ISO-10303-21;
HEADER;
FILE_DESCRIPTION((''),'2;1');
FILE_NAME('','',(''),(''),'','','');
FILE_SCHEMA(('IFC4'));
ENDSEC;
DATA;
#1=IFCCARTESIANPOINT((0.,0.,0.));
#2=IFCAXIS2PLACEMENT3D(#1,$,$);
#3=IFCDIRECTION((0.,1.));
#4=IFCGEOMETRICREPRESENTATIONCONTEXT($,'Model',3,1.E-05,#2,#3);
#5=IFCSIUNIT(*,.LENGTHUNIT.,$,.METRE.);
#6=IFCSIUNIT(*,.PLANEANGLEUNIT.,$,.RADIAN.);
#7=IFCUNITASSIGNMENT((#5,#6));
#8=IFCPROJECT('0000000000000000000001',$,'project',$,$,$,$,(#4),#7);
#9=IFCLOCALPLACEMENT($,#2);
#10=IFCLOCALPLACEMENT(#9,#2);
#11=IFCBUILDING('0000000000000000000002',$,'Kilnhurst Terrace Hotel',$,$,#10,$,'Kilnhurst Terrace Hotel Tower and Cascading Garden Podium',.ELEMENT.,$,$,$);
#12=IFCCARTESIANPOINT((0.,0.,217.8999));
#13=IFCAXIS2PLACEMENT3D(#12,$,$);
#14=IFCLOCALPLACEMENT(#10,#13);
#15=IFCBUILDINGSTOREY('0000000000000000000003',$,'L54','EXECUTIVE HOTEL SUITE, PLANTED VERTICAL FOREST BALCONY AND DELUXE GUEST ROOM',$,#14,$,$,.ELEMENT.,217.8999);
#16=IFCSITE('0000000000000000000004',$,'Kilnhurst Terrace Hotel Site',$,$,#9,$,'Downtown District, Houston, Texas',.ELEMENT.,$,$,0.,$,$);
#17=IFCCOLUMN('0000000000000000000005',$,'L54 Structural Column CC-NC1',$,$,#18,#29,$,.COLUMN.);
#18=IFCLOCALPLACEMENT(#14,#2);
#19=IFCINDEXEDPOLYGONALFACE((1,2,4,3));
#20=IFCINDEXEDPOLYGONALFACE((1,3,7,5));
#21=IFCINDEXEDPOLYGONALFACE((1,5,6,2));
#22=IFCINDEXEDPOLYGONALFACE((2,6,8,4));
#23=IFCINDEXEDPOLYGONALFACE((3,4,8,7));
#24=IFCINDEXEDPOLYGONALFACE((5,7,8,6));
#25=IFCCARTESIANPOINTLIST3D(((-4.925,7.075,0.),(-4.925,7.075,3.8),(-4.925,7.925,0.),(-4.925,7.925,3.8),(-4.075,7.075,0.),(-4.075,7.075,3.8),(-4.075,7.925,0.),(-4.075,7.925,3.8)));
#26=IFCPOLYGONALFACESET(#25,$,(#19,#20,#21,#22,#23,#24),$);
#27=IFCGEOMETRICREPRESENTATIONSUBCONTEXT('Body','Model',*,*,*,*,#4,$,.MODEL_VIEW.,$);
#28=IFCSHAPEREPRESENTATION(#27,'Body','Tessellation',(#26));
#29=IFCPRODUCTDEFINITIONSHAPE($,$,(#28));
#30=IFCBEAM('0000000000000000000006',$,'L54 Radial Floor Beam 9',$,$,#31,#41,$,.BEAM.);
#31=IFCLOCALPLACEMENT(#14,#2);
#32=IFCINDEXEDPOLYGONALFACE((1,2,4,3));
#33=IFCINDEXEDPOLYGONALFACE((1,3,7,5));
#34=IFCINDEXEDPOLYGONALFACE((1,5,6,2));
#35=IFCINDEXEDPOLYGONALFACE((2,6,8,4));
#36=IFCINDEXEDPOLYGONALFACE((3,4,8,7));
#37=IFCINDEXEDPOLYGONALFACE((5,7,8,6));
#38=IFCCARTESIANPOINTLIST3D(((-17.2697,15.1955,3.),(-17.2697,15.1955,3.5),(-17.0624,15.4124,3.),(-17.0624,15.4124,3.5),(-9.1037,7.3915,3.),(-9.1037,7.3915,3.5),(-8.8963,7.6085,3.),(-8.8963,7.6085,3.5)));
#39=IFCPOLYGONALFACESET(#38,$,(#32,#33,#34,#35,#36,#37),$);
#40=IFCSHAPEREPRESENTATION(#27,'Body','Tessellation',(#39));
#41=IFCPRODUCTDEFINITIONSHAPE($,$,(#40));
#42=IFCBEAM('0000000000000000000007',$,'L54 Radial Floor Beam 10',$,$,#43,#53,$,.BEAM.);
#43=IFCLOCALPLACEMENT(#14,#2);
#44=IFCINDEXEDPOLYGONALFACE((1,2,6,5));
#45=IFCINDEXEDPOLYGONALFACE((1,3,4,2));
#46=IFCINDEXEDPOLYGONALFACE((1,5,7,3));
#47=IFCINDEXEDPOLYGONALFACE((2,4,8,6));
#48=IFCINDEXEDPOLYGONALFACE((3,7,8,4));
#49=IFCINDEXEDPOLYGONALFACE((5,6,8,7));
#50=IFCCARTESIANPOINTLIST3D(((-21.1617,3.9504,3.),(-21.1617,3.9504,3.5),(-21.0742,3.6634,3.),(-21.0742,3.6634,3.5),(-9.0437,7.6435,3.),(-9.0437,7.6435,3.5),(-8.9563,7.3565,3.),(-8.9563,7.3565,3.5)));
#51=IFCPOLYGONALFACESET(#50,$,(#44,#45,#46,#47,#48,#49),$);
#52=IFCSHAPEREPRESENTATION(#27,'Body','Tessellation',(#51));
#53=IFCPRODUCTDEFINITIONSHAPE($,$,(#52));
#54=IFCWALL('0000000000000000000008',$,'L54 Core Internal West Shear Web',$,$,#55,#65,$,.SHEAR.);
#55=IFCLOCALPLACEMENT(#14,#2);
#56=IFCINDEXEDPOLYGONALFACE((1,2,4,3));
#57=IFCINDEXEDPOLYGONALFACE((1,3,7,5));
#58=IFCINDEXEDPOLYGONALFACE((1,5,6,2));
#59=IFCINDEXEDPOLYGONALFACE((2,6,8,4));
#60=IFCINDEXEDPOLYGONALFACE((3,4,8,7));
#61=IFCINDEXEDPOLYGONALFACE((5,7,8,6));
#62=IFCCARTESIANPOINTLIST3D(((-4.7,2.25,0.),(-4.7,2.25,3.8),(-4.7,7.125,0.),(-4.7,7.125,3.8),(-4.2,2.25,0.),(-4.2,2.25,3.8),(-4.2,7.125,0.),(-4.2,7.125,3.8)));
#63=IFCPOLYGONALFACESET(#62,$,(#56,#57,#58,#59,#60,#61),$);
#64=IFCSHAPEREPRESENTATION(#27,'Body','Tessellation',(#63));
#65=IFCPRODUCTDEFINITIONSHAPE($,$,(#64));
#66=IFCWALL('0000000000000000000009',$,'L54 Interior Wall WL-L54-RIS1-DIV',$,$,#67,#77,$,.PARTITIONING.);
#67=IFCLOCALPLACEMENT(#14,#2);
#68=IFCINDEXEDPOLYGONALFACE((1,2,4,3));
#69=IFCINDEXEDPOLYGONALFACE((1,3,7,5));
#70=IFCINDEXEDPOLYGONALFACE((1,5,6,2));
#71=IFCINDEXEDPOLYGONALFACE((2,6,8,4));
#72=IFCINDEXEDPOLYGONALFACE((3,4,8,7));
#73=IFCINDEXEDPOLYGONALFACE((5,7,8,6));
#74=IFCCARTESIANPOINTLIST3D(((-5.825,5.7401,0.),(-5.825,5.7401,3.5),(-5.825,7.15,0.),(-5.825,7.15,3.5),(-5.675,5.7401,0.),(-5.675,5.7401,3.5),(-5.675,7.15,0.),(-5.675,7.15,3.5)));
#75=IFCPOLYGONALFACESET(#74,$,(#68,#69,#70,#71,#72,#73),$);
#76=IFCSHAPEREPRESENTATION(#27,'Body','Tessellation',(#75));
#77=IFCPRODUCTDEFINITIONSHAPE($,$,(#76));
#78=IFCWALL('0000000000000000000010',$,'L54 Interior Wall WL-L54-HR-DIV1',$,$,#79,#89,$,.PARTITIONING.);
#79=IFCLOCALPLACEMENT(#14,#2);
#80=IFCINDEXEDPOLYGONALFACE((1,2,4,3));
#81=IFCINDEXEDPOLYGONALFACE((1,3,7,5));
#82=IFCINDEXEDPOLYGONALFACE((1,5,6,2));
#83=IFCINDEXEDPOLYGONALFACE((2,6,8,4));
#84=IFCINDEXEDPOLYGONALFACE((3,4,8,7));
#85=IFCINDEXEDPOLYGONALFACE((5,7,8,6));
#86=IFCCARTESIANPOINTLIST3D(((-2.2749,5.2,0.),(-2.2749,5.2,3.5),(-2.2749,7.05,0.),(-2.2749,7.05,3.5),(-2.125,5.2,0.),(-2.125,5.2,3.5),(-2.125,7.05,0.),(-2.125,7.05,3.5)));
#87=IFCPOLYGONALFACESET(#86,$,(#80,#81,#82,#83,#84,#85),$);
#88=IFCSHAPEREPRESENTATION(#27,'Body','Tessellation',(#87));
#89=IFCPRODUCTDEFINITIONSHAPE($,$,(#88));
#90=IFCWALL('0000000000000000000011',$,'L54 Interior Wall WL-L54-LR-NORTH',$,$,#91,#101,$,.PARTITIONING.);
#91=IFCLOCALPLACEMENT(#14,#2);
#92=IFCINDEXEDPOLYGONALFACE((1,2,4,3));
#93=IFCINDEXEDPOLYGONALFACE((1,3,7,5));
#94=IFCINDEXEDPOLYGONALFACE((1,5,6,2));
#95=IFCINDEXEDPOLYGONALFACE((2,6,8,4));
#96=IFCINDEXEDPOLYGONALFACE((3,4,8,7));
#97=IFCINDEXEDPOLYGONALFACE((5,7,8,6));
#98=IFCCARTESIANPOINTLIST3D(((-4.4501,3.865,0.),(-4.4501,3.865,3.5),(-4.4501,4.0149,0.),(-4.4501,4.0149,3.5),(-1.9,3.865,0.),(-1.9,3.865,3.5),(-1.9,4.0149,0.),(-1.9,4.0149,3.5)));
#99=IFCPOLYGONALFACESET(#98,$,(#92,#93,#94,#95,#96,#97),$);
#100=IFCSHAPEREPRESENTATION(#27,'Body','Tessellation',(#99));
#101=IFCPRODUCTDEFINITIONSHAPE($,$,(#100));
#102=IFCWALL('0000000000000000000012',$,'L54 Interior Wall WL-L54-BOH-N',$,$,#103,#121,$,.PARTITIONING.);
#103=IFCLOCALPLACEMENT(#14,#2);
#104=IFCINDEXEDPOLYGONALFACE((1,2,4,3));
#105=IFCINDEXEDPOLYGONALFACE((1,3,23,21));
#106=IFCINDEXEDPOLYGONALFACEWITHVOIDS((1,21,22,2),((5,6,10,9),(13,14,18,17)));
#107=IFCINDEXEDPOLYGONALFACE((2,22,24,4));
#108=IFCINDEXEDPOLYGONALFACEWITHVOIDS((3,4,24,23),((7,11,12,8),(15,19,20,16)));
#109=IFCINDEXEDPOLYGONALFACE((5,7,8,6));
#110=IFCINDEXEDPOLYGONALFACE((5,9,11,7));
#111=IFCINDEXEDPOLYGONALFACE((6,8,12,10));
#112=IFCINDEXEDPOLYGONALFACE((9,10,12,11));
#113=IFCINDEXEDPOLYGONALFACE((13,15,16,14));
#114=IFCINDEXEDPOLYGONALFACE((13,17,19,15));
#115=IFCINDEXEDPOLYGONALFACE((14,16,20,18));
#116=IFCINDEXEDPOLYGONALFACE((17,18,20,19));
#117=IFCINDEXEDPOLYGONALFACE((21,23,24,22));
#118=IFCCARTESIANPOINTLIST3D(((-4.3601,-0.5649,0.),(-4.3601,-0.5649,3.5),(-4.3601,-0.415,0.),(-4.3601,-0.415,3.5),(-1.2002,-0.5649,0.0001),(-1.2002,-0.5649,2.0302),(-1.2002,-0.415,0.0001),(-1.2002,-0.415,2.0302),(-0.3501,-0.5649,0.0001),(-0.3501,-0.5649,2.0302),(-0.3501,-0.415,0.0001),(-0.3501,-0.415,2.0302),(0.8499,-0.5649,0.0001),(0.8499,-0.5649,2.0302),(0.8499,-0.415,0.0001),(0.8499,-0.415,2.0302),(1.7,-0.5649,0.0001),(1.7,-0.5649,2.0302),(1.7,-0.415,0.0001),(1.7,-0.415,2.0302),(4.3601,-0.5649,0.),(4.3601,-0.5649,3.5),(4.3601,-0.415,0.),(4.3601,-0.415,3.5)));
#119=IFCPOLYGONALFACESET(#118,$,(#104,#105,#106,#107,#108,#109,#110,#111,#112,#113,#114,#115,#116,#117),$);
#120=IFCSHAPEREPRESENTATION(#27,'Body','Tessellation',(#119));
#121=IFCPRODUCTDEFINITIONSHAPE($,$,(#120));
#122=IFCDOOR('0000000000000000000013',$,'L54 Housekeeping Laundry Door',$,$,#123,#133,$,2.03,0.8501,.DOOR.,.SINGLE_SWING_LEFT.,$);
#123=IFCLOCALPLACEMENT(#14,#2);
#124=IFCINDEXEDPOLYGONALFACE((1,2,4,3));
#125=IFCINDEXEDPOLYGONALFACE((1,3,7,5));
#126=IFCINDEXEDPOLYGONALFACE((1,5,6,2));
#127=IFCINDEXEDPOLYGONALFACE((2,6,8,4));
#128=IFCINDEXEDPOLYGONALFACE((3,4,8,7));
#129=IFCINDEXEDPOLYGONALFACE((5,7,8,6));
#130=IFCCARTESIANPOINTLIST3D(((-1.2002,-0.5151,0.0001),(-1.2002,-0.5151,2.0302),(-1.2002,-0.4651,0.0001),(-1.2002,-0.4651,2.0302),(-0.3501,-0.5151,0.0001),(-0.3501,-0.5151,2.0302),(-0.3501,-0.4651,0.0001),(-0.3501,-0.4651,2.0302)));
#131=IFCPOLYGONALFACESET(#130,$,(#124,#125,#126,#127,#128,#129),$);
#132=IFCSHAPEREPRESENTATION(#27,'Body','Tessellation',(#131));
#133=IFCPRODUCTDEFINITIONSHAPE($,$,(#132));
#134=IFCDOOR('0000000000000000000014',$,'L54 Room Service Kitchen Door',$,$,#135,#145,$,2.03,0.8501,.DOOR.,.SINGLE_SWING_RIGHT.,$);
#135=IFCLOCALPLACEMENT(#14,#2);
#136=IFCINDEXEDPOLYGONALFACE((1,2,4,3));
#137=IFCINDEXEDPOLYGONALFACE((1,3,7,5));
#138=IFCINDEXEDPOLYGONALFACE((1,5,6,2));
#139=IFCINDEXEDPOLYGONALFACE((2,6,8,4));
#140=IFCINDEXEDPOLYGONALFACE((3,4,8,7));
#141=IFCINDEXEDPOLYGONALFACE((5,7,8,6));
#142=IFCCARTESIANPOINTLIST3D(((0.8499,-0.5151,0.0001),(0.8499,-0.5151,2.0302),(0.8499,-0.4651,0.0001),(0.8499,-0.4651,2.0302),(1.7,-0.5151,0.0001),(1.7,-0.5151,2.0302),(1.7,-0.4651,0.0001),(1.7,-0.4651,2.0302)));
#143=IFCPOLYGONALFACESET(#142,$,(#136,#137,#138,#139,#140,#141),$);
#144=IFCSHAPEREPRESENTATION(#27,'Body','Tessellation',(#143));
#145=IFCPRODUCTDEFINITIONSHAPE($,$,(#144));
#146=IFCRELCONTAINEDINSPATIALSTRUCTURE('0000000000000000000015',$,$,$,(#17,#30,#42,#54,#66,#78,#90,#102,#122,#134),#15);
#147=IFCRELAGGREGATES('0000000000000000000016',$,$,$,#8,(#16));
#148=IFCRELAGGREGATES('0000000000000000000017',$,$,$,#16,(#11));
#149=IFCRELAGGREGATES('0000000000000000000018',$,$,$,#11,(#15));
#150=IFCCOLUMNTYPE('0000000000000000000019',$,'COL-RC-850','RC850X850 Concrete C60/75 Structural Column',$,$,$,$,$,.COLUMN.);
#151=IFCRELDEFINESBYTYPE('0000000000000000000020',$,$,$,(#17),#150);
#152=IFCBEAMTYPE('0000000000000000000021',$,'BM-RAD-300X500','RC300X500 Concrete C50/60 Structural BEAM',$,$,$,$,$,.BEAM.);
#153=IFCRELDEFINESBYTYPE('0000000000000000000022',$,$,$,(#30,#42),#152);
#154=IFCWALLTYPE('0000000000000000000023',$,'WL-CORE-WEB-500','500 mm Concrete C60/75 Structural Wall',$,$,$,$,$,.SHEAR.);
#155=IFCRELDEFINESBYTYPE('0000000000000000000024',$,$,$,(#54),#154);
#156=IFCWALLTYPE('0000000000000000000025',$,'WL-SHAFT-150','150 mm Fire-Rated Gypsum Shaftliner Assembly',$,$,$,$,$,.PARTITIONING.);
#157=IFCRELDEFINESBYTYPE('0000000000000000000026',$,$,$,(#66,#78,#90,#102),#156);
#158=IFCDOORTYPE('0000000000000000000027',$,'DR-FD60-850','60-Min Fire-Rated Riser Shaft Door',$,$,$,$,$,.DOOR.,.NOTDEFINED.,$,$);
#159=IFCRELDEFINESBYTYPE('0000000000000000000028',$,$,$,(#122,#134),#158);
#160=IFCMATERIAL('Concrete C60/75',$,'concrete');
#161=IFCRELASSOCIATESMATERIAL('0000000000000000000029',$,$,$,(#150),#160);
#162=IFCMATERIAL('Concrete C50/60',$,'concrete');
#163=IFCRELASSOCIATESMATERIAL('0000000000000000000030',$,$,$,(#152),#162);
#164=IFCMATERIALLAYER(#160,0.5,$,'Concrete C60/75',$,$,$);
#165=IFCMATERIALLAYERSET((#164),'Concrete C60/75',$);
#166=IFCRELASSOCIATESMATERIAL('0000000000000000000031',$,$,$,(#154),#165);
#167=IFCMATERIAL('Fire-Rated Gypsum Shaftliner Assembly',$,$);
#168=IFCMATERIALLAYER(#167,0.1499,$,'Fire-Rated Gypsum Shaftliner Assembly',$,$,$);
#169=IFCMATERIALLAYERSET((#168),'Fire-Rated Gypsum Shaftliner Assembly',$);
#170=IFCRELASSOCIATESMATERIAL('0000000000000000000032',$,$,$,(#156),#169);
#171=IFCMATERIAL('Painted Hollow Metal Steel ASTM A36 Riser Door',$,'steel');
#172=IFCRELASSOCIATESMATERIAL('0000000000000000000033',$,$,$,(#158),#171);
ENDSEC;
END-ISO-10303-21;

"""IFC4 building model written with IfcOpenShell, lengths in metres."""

from ifc_helpers import new_model, si_unit, direction, frame, frame_2d, origin, origin_2d, place, context, subcontext, project, spatial, rectangle, extrude, material, layer, layer_set, material_profile, profile_set, type_object, element, fill, save


model = new_model("IFC4")

# Units and contexts
model_context = context("Model", 3, precision=1e-05, world=origin(), true_north=direction((0.0, 1.0)))
body_context = subcontext(model_context, "Body", "Model", "MODEL_VIEW")
ifc_project = project(units=[si_unit("LENGTHUNIT", "METRE"), si_unit("PLANEANGLEUNIT", "RADIAN")], contexts=[model_context])

# Site, building, storey
site_placement = place(None, origin())
site = spatial("IfcSite", under=ifc_project, at=site_placement, Name="Kilnhurst Terrace Hotel Site", LongName="Downtown District, Houston, Texas", CompositionType="ELEMENT", RefElevation=0.0)
building_placement = place(site_placement, origin())
building = spatial("IfcBuilding", under=site, at=building_placement, Name="Kilnhurst Terrace Hotel", LongName="Kilnhurst Terrace Hotel Tower and Cascading Garden Podium", CompositionType="ELEMENT")
storey_placement = place(building_placement, frame((0.0, 0.0, 217.8999)))
storey = spatial("IfcBuildingStorey", under=building, at=storey_placement, Name="L54", Description="EXECUTIVE HOTEL SUITE, PLANTED VERTICAL FOREST BALCONY AND DELUXE GUEST ROOM", CompositionType="ELEMENT", Elevation=217.8999)

# Column
ifc_material_1 = material(Name="Concrete C60/75", Category="concrete")
ifc_material_profile_1 = material_profile(ifc_material_1, rectangle(XDim=0.8501, YDim=0.8501, at=origin_2d()), Name="RC850X850")
ifc_profile_set_1 = profile_set([ifc_material_profile_1], Name="Concrete C60/75")
column_type = type_object("IfcColumnType", Name="COL-RC-850", Description="RC850X850 Concrete C60/75 Structural Column", PredefinedType="COLUMN", material=ifc_profile_set_1)
column_placement = place(storey_placement, frame((-4.5, 7.5, 0.0), z_axis=(0.0, 0.0, 1.0), x_axis=(1.0, 0.0, 0.0)))
element("IfcColumn", 1, at=column_placement, inside=storey, type_object=column_type, Name="L54 Structural Column CC-NC1", PredefinedType="COLUMN", context=body_context, shape_type="SweptSolid", body=[
    extrude(rectangle(XDim=0.8501, YDim=0.8501, at=origin_2d()), origin(), (0.0, 0.0, 1.0), 3.8),
])

# Beams
ifc_material_2 = material(Name="Concrete C50/60", Category="concrete")
ifc_material_profile_2 = material_profile(ifc_material_2, rectangle(XDim=0.3, YDim=0.5, at=origin_2d()), Name="RC300X500")
ifc_profile_set_2 = profile_set([ifc_material_profile_2], Name="Concrete C50/60")
beam_type = type_object("IfcBeamType", Name="BM-RAD-300X500", Description="RC300X500 Concrete C50/60 Structural BEAM", PredefinedType="BEAM", material=ifc_profile_set_2)
beam_1_placement = place(storey_placement, frame((-9.0, 7.5, 3.25), z_axis=(-0.722952, 0.690898, 0.0), x_axis=(-0.690898, -0.722952, 0.0)))
element("IfcBeam", 2, at=beam_1_placement, inside=storey, type_object=beam_type, Name="L54 Radial Floor Beam 9", PredefinedType="BEAM", context=body_context, shape_type="SweptSolid", body=[
    extrude(rectangle(XDim=0.3, YDim=0.5, at=origin_2d()), origin(), (0.0, 0.0, 1.0), 11.2954),
])
beam_2_placement = place(storey_placement, frame((-9.0, 7.5, 3.25), z_axis=(-0.956563, -0.291527, 0.0), x_axis=(0.291527, -0.956563, 0.0)))
element("IfcBeam", 3, at=beam_2_placement, inside=storey, type_object=beam_type, Name="L54 Radial Floor Beam 10", PredefinedType="BEAM", context=body_context, shape_type="SweptSolid", body=[
    extrude(rectangle(XDim=0.3, YDim=0.5, at=origin_2d()), origin(), (0.0, 0.0, 1.0), 12.6682),
])

# Walls
ifc_layer_1 = layer(ifc_material_1, 0.5, Name="Concrete C60/75")
ifc_layer_set_1 = layer_set([ifc_layer_1], Name="Concrete C60/75")
wall_type_1 = type_object("IfcWallType", Name="WL-CORE-WEB-500", Description="500 mm Concrete C60/75 Structural Wall", PredefinedType="SHEAR", material=ifc_layer_set_1)
wall_1_placement = place(storey_placement, frame((-4.45, 2.25, 0.0), z_axis=(0.0, 0.0, 1.0), x_axis=(0.0, 1.0, 0.0)))
element("IfcWall", 4, at=wall_1_placement, inside=storey, type_object=wall_type_1, Name="L54 Core Internal West Shear Web", PredefinedType="SHEAR", context=body_context, shape_type="SweptSolid", body=[
    extrude(rectangle(XDim=4.875, YDim=0.5, at=frame_2d((2.4375, 0.0))), origin(), (0.0, 0.0, 1.0), 3.8),
])
ifc_material_3 = material(Name="Fire-Rated Gypsum Shaftliner Assembly")
ifc_layer_2 = layer(ifc_material_3, 0.1499, Name="Fire-Rated Gypsum Shaftliner Assembly")
ifc_layer_set_2 = layer_set([ifc_layer_2], Name="Fire-Rated Gypsum Shaftliner Assembly")
wall_type_2 = type_object("IfcWallType", Name="WL-SHAFT-150", Description="150 mm Fire-Rated Gypsum Shaftliner Assembly", PredefinedType="PARTITIONING", material=ifc_layer_set_2)
wall_2_placement = place(storey_placement, frame((-5.75, 5.74, 0.0), z_axis=(0.0, 0.0, 1.0), x_axis=(0.0, 1.0, 0.0)))
element("IfcWall", 5, at=wall_2_placement, inside=storey, type_object=wall_type_2, Name="L54 Interior Wall WL-L54-RIS1-DIV", PredefinedType="PARTITIONING", context=body_context, shape_type="SweptSolid", body=[
    extrude(rectangle(XDim=1.4099, YDim=0.1499, at=frame_2d((0.7051, 0.0))), origin(), (0.0, 0.0, 1.0), 3.5),
])
wall_3_placement = place(storey_placement, frame((-2.2, 5.2, 0.0), z_axis=(0.0, 0.0, 1.0), x_axis=(0.0, 1.0, 0.0)))
element("IfcWall", 6, at=wall_3_placement, inside=storey, type_object=wall_type_2, Name="L54 Interior Wall WL-L54-HR-DIV1", PredefinedType="PARTITIONING", context=body_context, shape_type="SweptSolid", body=[
    extrude(rectangle(XDim=1.8501, YDim=0.1499, at=frame_2d((0.925, 0.0))), origin(), (0.0, 0.0, 1.0), 3.5),
])
wall_4_placement = place(storey_placement, frame((-4.45, 3.9399, 0.0), z_axis=(0.0, 0.0, 1.0), x_axis=(1.0, 0.0, 0.0)))
element("IfcWall", 7, at=wall_4_placement, inside=storey, type_object=wall_type_2, Name="L54 Interior Wall WL-L54-LR-NORTH", PredefinedType="PARTITIONING", context=body_context, shape_type="SweptSolid", body=[
    extrude(rectangle(XDim=2.55, YDim=0.1499, at=frame_2d((1.2749, 0.0))), origin(), (0.0, 0.0, 1.0), 3.5),
])

# Wall, openings, doors
wall_5_placement = place(storey_placement, frame((-4.3601, -0.49, 0.0), z_axis=(0.0, 0.0, 1.0), x_axis=(1.0, 0.0, 0.0)))
wall_5 = element("IfcWall", 8, at=wall_5_placement, inside=storey, type_object=wall_type_2, Name="L54 Interior Wall WL-L54-BOH-N", PredefinedType="PARTITIONING", context=body_context, shape_type="SweptSolid", body=[
    extrude(rectangle(XDim=8.7202, YDim=0.1499, at=frame_2d((4.3601, 0.0))), origin(), (0.0, 0.0, 1.0), 3.5),
])
opening_1_placement = place(wall_5_placement, frame((3.1599, 0.0, 0.0)))
opening_1 = element("IfcOpeningElement", 9, at=opening_1_placement, cuts=wall_5, PredefinedType="OPENING", context=body_context, shape_type="SweptSolid", body=[
    extrude(rectangle(XDim=0.8501, YDim=2.03, at=frame_2d((0.425, 1.0151))), frame((0.0, 0.085, 0.0), z_axis=(0.0, -1.0, 0.0), x_axis=(1.0, 0.0, 0.0)), (0.0, 0.0, 1.0), 0.1699),
])
opening_2_placement = place(wall_5_placement, frame((5.21, 0.0, 0.0)))
opening_2 = element("IfcOpeningElement", 10, at=opening_2_placement, cuts=wall_5, PredefinedType="OPENING", context=body_context, shape_type="SweptSolid", body=[
    extrude(rectangle(XDim=0.8501, YDim=2.03, at=frame_2d((0.425, 1.0151))), frame((0.0, 0.085, 0.0), z_axis=(0.0, -1.0, 0.0), x_axis=(1.0, 0.0, 0.0)), (0.0, 0.0, 1.0), 0.1699),
])
ifc_material_4 = material(Name="Painted Hollow Metal Steel ASTM A36 Riser Door", Category="steel")
door_type_1 = type_object("IfcDoorType", Name="DR-FD60-850", Description="60-Min Fire-Rated Riser Shaft Door", OperationType="NOTDEFINED", PredefinedType="DOOR", material=ifc_material_4)
door_1_placement = place(opening_1_placement, origin())
door_1 = element("IfcDoor", 11, at=door_1_placement, inside=storey, type_object=door_type_1, Name="L54 Housekeeping Laundry Door", OperationType="SINGLE_SWING_LEFT", OverallHeight=2.03, OverallWidth=0.8501, PredefinedType="DOOR", context=body_context, shape_type="SweptSolid", body=[
    extrude(rectangle(XDim=0.8501, YDim=2.03, at=frame_2d((0.425, 1.0151))), frame((0.0, 0.0249, 0.0), z_axis=(0.0, -1.0, 0.0), x_axis=(1.0, 0.0, 0.0)), (0.0, 0.0, 1.0), 0.05),
])
fill(opening_1, door_1)
door_2_placement = place(opening_2_placement, origin())
door_2 = element("IfcDoor", 12, at=door_2_placement, inside=storey, type_object=door_type_1, Name="L54 Room Service Kitchen Door", OperationType="SINGLE_SWING_RIGHT", OverallHeight=2.03, OverallWidth=0.8501, PredefinedType="DOOR", context=body_context, shape_type="SweptSolid", body=[
    extrude(rectangle(XDim=0.8501, YDim=2.03, at=frame_2d((0.425, 1.0151))), frame((0.0, 0.0249, 0.0), z_axis=(0.0, -1.0, 0.0), x_axis=(1.0, 0.0, 0.0)), (0.0, 0.0, 1.0), 0.05),
])
fill(opening_2, door_2)

save(model, "model.ifc")
